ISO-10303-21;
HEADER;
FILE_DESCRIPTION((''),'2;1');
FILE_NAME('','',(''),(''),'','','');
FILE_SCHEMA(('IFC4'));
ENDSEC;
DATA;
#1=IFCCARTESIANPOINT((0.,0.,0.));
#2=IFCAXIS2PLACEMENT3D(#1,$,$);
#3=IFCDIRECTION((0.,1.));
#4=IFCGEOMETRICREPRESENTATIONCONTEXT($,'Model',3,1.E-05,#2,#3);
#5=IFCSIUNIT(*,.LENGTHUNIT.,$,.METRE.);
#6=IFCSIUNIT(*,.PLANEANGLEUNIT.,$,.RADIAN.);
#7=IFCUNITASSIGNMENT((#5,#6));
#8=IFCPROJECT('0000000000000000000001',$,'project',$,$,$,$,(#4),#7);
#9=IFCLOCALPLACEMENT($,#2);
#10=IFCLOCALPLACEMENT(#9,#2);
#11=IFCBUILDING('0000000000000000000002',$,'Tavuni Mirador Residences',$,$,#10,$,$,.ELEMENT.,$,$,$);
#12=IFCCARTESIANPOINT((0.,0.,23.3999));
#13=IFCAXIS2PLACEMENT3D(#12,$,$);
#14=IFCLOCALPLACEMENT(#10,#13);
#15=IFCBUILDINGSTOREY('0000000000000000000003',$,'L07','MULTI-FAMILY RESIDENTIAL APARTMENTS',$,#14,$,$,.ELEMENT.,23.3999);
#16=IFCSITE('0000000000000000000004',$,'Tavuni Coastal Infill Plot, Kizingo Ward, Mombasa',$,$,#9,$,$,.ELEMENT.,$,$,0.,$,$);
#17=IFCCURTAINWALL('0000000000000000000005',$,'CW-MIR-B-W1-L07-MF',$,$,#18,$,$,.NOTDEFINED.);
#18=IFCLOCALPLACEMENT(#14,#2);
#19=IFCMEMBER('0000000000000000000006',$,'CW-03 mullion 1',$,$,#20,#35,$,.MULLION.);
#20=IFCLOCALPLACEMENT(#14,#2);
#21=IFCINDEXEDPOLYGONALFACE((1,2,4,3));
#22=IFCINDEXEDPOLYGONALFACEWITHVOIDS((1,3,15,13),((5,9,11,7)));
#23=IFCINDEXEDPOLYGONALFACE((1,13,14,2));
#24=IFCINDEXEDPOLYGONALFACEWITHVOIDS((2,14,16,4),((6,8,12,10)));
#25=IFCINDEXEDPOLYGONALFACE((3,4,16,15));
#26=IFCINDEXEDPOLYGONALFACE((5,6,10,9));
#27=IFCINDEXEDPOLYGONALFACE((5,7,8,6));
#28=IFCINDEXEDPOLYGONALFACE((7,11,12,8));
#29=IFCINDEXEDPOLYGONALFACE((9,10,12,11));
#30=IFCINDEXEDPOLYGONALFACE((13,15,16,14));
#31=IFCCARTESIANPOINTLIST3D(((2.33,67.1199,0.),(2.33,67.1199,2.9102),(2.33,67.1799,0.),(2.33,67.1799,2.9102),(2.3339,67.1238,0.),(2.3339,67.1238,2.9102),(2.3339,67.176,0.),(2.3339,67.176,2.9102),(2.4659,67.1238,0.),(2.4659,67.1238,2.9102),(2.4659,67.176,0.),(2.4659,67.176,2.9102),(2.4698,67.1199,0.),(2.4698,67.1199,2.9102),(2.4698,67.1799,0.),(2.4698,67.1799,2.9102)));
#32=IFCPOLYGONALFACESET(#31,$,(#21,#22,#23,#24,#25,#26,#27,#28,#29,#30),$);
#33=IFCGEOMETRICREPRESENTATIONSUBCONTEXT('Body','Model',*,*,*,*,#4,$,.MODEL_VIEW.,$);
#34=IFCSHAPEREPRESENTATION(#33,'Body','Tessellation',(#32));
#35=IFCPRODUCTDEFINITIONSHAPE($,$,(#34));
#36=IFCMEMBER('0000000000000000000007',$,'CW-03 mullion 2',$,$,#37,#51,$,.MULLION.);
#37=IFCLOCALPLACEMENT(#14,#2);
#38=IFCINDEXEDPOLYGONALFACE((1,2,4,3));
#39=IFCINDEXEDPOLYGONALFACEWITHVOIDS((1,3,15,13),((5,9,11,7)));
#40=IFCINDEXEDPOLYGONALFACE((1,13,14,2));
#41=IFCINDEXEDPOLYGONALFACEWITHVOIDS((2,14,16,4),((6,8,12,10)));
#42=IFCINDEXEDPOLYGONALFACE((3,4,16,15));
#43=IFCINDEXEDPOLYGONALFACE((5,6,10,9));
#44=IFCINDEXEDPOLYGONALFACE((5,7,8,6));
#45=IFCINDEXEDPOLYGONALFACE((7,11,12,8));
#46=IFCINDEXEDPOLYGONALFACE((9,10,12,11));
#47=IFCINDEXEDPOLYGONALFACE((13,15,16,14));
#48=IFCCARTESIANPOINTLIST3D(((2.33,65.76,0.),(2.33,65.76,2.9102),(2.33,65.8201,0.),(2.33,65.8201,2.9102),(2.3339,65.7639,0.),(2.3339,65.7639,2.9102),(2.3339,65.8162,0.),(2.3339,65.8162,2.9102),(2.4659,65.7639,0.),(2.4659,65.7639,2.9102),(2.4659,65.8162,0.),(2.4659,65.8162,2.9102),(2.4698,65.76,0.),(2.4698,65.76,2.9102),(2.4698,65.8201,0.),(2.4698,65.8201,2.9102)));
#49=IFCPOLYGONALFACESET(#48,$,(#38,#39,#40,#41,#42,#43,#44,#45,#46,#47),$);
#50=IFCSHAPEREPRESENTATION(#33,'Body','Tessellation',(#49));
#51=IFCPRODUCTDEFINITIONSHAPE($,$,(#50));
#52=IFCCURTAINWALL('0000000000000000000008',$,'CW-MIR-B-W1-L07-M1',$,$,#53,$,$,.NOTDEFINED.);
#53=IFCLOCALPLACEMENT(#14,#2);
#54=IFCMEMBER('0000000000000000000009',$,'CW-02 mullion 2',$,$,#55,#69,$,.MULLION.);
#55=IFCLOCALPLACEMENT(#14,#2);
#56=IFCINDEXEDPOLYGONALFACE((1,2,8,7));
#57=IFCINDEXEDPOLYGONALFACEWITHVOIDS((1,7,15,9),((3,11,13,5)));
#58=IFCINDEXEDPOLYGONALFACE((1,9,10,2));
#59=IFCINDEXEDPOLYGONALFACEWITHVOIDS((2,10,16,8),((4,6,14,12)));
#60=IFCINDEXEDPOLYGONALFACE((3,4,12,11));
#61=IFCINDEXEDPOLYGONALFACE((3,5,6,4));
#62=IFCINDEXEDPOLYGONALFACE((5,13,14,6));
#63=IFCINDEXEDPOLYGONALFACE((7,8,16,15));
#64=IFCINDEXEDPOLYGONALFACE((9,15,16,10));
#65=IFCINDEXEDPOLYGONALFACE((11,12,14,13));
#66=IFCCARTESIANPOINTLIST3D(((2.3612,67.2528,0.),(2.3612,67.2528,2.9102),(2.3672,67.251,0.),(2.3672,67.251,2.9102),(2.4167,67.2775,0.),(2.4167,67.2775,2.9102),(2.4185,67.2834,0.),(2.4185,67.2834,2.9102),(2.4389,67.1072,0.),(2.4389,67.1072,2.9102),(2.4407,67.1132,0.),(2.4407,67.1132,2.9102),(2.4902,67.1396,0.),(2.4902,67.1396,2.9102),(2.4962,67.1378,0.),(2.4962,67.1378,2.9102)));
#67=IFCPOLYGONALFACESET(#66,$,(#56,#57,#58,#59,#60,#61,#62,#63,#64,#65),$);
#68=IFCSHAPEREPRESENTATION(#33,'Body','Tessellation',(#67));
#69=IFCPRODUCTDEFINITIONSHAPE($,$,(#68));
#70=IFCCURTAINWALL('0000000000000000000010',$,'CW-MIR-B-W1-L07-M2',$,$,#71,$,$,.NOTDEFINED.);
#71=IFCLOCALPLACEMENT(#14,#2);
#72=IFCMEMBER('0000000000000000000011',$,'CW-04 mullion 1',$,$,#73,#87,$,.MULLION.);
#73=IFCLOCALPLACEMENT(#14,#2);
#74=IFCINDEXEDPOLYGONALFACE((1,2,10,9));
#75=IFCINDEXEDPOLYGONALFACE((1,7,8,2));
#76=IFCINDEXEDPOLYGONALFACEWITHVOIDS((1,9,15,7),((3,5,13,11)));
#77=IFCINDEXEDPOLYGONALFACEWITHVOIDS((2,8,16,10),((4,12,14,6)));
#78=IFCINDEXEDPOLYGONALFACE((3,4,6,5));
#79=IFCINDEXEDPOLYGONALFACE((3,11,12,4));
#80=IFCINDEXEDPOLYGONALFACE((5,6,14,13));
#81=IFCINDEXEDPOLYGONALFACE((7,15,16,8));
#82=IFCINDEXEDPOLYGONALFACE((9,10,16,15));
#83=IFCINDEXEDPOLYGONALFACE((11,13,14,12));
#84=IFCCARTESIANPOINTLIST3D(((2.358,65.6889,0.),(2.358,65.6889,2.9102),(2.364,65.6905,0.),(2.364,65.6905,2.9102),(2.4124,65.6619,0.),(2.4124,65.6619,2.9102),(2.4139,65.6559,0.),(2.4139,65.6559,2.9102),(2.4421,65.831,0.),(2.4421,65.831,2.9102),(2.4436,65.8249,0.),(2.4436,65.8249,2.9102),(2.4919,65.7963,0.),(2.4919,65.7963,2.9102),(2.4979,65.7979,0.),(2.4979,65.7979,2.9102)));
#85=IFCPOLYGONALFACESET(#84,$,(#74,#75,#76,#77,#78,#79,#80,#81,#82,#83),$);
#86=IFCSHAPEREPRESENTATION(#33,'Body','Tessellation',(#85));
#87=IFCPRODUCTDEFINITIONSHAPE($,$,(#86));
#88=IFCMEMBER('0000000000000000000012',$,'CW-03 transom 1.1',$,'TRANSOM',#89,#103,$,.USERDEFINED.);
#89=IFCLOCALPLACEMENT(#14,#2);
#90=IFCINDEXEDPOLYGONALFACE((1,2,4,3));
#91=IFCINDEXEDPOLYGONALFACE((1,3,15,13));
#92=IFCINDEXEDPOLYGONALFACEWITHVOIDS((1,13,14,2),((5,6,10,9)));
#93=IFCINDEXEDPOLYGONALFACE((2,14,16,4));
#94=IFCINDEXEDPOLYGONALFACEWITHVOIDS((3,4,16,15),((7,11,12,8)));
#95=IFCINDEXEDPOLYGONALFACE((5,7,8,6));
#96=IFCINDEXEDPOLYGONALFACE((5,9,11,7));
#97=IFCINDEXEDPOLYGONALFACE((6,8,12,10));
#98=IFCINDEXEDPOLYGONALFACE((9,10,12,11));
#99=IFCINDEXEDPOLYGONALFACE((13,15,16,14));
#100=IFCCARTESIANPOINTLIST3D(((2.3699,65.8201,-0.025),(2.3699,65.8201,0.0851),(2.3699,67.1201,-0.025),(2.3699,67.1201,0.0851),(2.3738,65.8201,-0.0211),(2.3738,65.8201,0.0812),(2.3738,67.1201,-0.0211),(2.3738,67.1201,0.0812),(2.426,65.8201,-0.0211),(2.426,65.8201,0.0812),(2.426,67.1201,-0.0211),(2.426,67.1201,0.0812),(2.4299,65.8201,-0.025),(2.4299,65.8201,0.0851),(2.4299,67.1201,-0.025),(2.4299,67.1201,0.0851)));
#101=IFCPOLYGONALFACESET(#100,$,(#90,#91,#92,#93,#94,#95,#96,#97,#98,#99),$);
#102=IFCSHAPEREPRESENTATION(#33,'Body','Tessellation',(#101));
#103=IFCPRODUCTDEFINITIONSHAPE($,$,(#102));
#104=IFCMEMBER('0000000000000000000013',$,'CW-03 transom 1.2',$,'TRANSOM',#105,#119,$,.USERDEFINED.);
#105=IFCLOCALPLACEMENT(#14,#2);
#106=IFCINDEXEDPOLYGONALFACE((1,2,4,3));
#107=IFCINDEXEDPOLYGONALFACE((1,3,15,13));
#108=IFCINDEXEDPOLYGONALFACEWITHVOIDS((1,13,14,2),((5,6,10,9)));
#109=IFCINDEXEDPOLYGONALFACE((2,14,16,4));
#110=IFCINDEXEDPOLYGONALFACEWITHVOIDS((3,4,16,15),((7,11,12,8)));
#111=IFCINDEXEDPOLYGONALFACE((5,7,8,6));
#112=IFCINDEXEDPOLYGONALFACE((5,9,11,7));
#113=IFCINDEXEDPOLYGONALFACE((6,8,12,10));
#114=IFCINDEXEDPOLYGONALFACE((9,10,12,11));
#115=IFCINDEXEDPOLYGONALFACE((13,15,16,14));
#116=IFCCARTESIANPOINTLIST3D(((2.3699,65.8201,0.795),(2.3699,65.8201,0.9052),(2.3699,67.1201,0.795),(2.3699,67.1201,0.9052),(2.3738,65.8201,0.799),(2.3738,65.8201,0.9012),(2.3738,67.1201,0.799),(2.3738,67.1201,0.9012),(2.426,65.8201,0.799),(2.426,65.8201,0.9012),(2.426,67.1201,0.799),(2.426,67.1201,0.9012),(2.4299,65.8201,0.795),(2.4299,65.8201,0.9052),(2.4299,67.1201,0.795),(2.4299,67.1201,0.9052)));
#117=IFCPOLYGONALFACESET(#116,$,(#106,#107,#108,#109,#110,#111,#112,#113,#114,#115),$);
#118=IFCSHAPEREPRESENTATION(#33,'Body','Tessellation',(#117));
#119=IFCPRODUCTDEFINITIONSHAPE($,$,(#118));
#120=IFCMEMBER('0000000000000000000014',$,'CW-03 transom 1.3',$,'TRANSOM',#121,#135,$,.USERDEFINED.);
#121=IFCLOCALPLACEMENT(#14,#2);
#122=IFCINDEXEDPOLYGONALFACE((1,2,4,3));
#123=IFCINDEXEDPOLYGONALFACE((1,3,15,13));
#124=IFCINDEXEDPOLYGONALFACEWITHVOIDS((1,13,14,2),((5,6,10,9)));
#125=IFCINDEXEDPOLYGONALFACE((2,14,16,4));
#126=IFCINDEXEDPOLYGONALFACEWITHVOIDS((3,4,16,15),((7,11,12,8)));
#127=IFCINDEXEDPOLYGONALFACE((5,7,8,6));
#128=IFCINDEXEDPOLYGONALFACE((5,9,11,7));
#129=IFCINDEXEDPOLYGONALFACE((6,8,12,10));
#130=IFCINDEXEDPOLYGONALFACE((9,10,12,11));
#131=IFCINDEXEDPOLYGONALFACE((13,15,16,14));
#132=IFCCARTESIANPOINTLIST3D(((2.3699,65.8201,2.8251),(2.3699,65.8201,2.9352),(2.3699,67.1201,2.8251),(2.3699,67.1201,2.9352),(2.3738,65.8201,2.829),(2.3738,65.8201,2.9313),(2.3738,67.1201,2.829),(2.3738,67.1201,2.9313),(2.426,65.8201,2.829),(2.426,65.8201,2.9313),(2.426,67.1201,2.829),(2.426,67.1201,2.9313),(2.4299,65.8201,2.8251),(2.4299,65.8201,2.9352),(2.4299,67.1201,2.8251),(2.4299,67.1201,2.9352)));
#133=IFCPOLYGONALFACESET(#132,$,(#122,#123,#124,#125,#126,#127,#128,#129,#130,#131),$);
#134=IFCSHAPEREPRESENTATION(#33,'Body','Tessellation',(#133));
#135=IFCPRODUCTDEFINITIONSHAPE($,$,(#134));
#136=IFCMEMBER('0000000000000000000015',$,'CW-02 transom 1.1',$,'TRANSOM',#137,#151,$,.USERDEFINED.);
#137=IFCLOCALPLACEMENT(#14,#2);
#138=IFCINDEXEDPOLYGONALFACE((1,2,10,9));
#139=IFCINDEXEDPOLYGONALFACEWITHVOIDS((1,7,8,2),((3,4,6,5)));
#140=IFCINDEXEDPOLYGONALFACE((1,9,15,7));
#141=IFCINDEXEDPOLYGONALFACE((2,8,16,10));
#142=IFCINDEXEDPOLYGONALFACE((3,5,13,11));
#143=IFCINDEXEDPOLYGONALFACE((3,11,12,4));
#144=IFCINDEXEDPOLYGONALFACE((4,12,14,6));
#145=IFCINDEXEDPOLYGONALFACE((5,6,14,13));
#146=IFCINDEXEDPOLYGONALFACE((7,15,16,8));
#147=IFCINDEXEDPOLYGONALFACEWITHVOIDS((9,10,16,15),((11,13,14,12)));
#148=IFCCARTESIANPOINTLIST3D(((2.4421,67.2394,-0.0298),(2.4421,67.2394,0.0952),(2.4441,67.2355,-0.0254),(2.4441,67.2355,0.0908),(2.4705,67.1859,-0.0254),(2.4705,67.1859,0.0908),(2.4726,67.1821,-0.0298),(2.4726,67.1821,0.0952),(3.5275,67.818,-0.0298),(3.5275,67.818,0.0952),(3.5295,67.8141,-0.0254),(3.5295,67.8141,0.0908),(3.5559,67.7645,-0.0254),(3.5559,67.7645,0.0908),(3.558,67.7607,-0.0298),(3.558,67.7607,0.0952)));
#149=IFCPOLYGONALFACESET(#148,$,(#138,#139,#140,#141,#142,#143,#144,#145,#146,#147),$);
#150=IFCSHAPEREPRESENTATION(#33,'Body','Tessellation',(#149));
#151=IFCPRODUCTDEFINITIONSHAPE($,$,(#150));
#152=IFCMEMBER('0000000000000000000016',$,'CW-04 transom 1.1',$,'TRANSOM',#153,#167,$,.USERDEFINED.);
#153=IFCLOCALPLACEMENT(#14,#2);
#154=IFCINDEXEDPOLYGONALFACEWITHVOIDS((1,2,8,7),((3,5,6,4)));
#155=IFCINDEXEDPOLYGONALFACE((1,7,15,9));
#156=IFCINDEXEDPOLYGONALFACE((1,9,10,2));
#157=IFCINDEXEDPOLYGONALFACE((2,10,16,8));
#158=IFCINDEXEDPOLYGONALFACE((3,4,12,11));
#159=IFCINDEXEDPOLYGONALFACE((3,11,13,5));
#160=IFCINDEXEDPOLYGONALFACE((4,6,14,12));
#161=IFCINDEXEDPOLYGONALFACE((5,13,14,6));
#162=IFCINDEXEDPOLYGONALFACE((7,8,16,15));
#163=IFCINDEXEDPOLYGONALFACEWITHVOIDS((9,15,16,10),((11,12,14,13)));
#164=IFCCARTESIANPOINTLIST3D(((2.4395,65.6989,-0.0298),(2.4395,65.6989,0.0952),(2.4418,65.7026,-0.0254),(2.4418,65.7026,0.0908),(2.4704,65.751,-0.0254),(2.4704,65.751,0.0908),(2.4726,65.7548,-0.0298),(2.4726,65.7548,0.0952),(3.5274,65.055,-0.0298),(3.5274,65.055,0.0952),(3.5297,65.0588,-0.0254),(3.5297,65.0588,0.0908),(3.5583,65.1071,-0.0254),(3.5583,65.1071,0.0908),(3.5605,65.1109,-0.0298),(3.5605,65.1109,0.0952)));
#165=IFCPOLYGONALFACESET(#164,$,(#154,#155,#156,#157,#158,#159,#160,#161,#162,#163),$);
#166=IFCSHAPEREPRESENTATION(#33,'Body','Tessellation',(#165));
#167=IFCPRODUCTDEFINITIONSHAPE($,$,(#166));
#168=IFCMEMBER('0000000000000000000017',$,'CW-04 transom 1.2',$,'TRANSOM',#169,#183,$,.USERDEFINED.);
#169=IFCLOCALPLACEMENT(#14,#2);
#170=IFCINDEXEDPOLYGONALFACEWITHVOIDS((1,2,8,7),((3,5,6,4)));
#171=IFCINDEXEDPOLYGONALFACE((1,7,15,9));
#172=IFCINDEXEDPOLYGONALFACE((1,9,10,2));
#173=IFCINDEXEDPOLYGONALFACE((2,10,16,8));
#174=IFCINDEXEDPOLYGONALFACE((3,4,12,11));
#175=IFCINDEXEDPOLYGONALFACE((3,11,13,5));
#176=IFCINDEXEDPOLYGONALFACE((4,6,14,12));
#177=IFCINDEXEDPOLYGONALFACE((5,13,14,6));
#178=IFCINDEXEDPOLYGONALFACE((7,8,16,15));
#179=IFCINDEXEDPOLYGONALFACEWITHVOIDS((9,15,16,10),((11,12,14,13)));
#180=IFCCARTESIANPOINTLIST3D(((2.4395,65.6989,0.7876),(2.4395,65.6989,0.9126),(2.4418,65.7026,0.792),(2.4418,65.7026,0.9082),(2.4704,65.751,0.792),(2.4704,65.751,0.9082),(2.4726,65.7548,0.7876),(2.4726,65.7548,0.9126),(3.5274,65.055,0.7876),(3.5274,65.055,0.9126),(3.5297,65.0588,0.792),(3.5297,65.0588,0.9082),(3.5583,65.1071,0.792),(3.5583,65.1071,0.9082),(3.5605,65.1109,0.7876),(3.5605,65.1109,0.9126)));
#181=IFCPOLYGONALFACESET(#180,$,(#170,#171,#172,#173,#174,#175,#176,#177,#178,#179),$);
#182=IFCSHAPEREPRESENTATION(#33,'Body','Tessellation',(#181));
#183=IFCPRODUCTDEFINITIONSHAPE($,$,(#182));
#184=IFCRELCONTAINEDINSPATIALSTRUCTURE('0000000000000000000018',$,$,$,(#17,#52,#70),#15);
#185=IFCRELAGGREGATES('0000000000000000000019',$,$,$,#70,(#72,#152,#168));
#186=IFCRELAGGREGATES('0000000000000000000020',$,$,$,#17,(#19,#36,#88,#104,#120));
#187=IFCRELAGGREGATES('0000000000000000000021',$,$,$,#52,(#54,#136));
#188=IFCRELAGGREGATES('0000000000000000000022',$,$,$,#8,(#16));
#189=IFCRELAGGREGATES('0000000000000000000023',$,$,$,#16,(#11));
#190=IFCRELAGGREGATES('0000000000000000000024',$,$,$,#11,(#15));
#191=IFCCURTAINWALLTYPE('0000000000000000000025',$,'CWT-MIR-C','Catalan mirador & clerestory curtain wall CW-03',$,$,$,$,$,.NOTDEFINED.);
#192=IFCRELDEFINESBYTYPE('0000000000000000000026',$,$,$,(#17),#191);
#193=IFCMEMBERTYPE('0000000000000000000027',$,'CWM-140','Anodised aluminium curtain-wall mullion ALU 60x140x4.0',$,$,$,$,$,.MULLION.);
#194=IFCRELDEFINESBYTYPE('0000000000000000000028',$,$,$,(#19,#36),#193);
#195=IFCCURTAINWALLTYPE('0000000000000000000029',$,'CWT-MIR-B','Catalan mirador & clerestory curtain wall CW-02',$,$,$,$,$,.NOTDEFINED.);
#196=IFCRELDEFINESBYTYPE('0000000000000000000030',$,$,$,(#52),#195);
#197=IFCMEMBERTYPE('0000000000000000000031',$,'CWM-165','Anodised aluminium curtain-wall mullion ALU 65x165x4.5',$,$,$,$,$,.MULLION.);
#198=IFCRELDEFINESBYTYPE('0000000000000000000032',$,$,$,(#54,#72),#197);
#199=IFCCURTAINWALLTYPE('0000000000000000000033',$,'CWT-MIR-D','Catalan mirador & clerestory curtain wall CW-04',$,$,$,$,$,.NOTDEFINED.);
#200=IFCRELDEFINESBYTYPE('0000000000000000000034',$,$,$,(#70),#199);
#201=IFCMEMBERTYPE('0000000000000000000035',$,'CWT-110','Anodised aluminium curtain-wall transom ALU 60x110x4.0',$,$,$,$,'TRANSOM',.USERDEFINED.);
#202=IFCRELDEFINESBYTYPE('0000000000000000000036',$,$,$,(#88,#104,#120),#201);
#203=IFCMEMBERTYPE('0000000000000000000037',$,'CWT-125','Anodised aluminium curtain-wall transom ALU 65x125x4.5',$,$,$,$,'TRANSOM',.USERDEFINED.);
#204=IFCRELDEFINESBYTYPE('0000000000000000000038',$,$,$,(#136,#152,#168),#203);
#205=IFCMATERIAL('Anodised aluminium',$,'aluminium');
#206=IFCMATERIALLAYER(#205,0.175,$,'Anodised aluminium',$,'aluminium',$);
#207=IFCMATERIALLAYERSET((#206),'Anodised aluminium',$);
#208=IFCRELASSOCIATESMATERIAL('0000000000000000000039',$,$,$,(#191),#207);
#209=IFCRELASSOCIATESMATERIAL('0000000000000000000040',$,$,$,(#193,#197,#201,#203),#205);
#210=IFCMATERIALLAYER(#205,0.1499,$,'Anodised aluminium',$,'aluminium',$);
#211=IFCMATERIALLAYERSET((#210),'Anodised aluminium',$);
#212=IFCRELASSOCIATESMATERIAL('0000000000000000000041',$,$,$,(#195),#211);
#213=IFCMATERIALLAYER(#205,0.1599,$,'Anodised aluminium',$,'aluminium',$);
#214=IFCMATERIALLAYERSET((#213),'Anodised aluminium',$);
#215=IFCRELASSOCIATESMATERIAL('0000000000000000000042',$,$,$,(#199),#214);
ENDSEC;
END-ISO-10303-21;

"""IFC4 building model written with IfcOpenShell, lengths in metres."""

from ifc_helpers import new_model, si_unit, direction, frame, origin, origin_2d, place, context, subcontext, project, spatial, hollow_rectangle, extrude, material, layer, layer_set, material_profile, profile_set, type_object, element, aggregate, save


model = new_model("IFC4")

# Units and contexts
model_context = context("Model", 3, precision=1e-05, world=origin(), true_north=direction((0.0, 1.0)))
body_context = subcontext(model_context, "Body", "Model", "MODEL_VIEW")
ifc_project = project(units=[si_unit("LENGTHUNIT", "METRE"), si_unit("PLANEANGLEUNIT", "RADIAN")], contexts=[model_context])

# Site, building, storey
site_placement = place(None, origin())
site = spatial("IfcSite", under=ifc_project, at=site_placement, Name="Tavuni Coastal Infill Plot, Kizingo Ward, Mombasa", CompositionType="ELEMENT", RefElevation=0.0)
building_placement = place(site_placement, origin())
building = spatial("IfcBuilding", under=site, at=building_placement, Name="Tavuni Mirador Residences", CompositionType="ELEMENT")
storey_placement = place(building_placement, frame((0.0, 0.0, 23.3999)))
storey = spatial("IfcBuildingStorey", under=building, at=storey_placement, Name="L07", Description="MULTI-FAMILY RESIDENTIAL APARTMENTS", CompositionType="ELEMENT", Elevation=23.3999)

# Curtain wall, members
ifc_material_1 = material(Name="Anodised aluminium", Category="aluminium")
ifc_layer_1 = layer(ifc_material_1, 0.175, Name="Anodised aluminium", Category="aluminium")
ifc_layer_set_1 = layer_set([ifc_layer_1], Name="Anodised aluminium")
curtain_wall_type_1 = type_object("IfcCurtainWallType", Name="CWT-MIR-C", Description="Catalan mirador & clerestory curtain wall CW-03", PredefinedType="NOTDEFINED", material=ifc_layer_set_1)
curtain_wall_1_placement = place(storey_placement, origin())
curtain_wall_1 = element("IfcCurtainWall", 1, at=curtain_wall_1_placement, inside=storey, type_object=curtain_wall_type_1, Name="CW-MIR-B-W1-L07-MF", PredefinedType="NOTDEFINED")
ifc_material_profile_1 = material_profile(ifc_material_1, hollow_rectangle(XDim=0.0601, YDim=0.1399, WallThickness=0.0039, at=origin_2d()), Name="ALU 60x140x4.0", Category="aluminium")
ifc_profile_set_1 = profile_set([ifc_material_profile_1], Name="Anodised aluminium")
member_type_1 = type_object("IfcMemberType", Name="CWM-140", Description="Anodised aluminium curtain-wall mullion ALU 60x140x4.0", PredefinedType="MULLION", material=ifc_profile_set_1)
member_1_placement = place(storey_placement, frame((2.3999, 67.1499, 0.0), z_axis=(0.0, 0.0, 1.0), x_axis=(0.0, -1.0, 0.0)))
member_1 = element("IfcMember", 2, at=member_1_placement, type_object=member_type_1, Name="CW-03 mullion 1", PredefinedType="MULLION", context=body_context, shape_type="SweptSolid", body=[
    extrude(hollow_rectangle(XDim=0.0601, YDim=0.1399, WallThickness=0.0039, at=origin_2d()), origin(), (0.0, 0.0, 1.0), 2.9102),
])
member_2_placement = place(storey_placement, frame((2.3999, 65.79, 0.0), z_axis=(0.0, 0.0, 1.0), x_axis=(0.0, -1.0, 0.0)))
member_2 = element("IfcMember", 3, at=member_2_placement, type_object=member_type_1, Name="CW-03 mullion 2", PredefinedType="MULLION", context=body_context, shape_type="SweptSolid", body=[
    extrude(hollow_rectangle(XDim=0.0601, YDim=0.1399, WallThickness=0.0039, at=origin_2d()), origin(), (0.0, 0.0, 1.0), 2.9102),
])

# Curtain walls, members
ifc_layer_2 = layer(ifc_material_1, 0.1499, Name="Anodised aluminium", Category="aluminium")
ifc_layer_set_2 = layer_set([ifc_layer_2], Name="Anodised aluminium")
curtain_wall_type_2 = type_object("IfcCurtainWallType", Name="CWT-MIR-B", Description="Catalan mirador & clerestory curtain wall CW-02", PredefinedType="NOTDEFINED", material=ifc_layer_set_2)
curtain_wall_2_placement = place(storey_placement, origin())
curtain_wall_2 = element("IfcCurtainWall", 4, at=curtain_wall_2_placement, inside=storey, type_object=curtain_wall_type_2, Name="CW-MIR-B-W1-L07-M1", PredefinedType="NOTDEFINED")
ifc_material_profile_2 = material_profile(ifc_material_1, hollow_rectangle(XDim=0.0649, YDim=0.165, WallThickness=0.0044, at=origin_2d()), Name="ALU 65x165x4.5", Category="aluminium")
ifc_profile_set_2 = profile_set([ifc_material_profile_2], Name="Anodised aluminium")
member_type_2 = type_object("IfcMemberType", Name="CWM-165", Description="Anodised aluminium curtain-wall mullion ALU 65x165x4.5", PredefinedType="MULLION", material=ifc_profile_set_2)
member_3_placement = place(storey_placement, frame((2.4287, 67.1953, 0.0), z_axis=(0.0, 0.0, 1.0), x_axis=(-0.882353, -0.470588, 0.0)))
member_3 = element("IfcMember", 5, at=member_3_placement, type_object=member_type_2, Name="CW-02 mullion 2", PredefinedType="MULLION", context=body_context, shape_type="SweptSolid", body=[
    extrude(hollow_rectangle(XDim=0.0649, YDim=0.165, WallThickness=0.0044, at=origin_2d()), origin(), (0.0, 0.0, 1.0), 2.9102),
])
ifc_layer_3 = layer(ifc_material_1, 0.1599, Name="Anodised aluminium", Category="aluminium")
ifc_layer_set_3 = layer_set([ifc_layer_3], Name="Anodised aluminium")
curtain_wall_type_3 = type_object("IfcCurtainWallType", Name="CWT-MIR-D", Description="Catalan mirador & clerestory curtain wall CW-04", PredefinedType="NOTDEFINED", material=ifc_layer_set_3)
curtain_wall_3_placement = place(storey_placement, origin())
curtain_wall_3 = element("IfcCurtainWall", 6, at=curtain_wall_3_placement, inside=storey, type_object=curtain_wall_type_3, Name="CW-MIR-B-W1-L07-M2", PredefinedType="NOTDEFINED")
member_4_placement = place(storey_placement, frame((2.428, 65.7434, 0.0), z_axis=(0.0, 0.0, 1.0), x_axis=(0.860641, -0.509212, 0.0)))
member_4 = element("IfcMember", 7, at=member_4_placement, type_object=member_type_2, Name="CW-04 mullion 1", PredefinedType="MULLION", context=body_context, shape_type="SweptSolid", body=[
    extrude(hollow_rectangle(XDim=0.0649, YDim=0.165, WallThickness=0.0044, at=origin_2d()), origin(), (0.0, 0.0, 1.0), 2.9102),
])

# Members
ifc_material_profile_3 = material_profile(ifc_material_1, hollow_rectangle(XDim=0.0601, YDim=0.1101, WallThickness=0.0039, at=origin_2d()), Name="ALU 60x110x4.0", Category="aluminium")
ifc_profile_set_3 = profile_set([ifc_material_profile_3], Name="Anodised aluminium")
member_type_3 = type_object("IfcMemberType", Name="CWT-110", Description="Anodised aluminium curtain-wall transom ALU 60x110x4.0", ElementType="TRANSOM", PredefinedType="USERDEFINED", material=ifc_profile_set_3)
member_5_placement = place(storey_placement, frame((2.3999, 67.1201, 0.03), z_axis=(0.0, -1.0, 0.0), x_axis=(1.0, 0.0, 0.0)))
member_5 = element("IfcMember", 8, at=member_5_placement, type_object=member_type_3, Name="CW-03 transom 1.1", ObjectType="TRANSOM", PredefinedType="USERDEFINED", context=body_context, shape_type="SweptSolid", body=[
    extrude(hollow_rectangle(XDim=0.0601, YDim=0.1101, WallThickness=0.0039, at=origin_2d()), origin(), (0.0, 0.0, 1.0), 1.3),
])
member_6_placement = place(storey_placement, frame((2.3999, 67.1201, 0.8501), z_axis=(0.0, -1.0, 0.0), x_axis=(1.0, 0.0, 0.0)))
member_6 = element("IfcMember", 9, at=member_6_placement, type_object=member_type_3, Name="CW-03 transom 1.2", ObjectType="TRANSOM", PredefinedType="USERDEFINED", context=body_context, shape_type="SweptSolid", body=[
    extrude(hollow_rectangle(XDim=0.0601, YDim=0.1101, WallThickness=0.0039, at=origin_2d()), origin(), (0.0, 0.0, 1.0), 1.3),
])
member_7_placement = place(storey_placement, frame((2.3999, 67.1201, 2.8801), z_axis=(0.0, -1.0, 0.0), x_axis=(1.0, 0.0, 0.0)))
member_7 = element("IfcMember", 10, at=member_7_placement, type_object=member_type_3, Name="CW-03 transom 1.3", ObjectType="TRANSOM", PredefinedType="USERDEFINED", context=body_context, shape_type="SweptSolid", body=[
    extrude(hollow_rectangle(XDim=0.0601, YDim=0.1101, WallThickness=0.0039, at=origin_2d()), origin(), (0.0, 0.0, 1.0), 1.3),
])
ifc_material_profile_4 = material_profile(ifc_material_1, hollow_rectangle(XDim=0.0649, YDim=0.125, WallThickness=0.0044, at=origin_2d()), Name="ALU 65x125x4.5", Category="aluminium")
ifc_profile_set_4 = profile_set([ifc_material_profile_4], Name="Anodised aluminium")
member_type_4 = type_object("IfcMemberType", Name="CWT-125", Description="Anodised aluminium curtain-wall transom ALU 65x125x4.5", ElementType="TRANSOM", PredefinedType="USERDEFINED", material=ifc_profile_set_4)
member_8_placement = place(storey_placement, frame((3.5427, 67.7893, 0.0327), z_axis=(-0.882452, -0.470403, 0.0), x_axis=(0.470403, -0.882452, 0.0)))
member_8 = element("IfcMember", 11, at=member_8_placement, type_object=member_type_4, Name="CW-02 transom 1.1", ObjectType="TRANSOM", PredefinedType="USERDEFINED", context=body_context, shape_type="SweptSolid", body=[
    extrude(hollow_rectangle(XDim=0.0649, YDim=0.125, WallThickness=0.0044, at=origin_2d()), origin(), (0.0, 0.0, 1.0), 1.23),
])
member_9_placement = place(storey_placement, frame((2.4561, 65.7268, 0.0327), z_axis=(0.860596, -0.509289, 0.0), x_axis=(0.509289, 0.860596, 0.0)))
member_9 = element("IfcMember", 12, at=member_9_placement, type_object=member_type_4, Name="CW-04 transom 1.1", ObjectType="TRANSOM", PredefinedType="USERDEFINED", context=body_context, shape_type="SweptSolid", body=[
    extrude(hollow_rectangle(XDim=0.0649, YDim=0.125, WallThickness=0.0044, at=origin_2d()), origin(), (0.0, 0.0, 1.0), 1.2642),
])
member_10_placement = place(storey_placement, frame((2.4561, 65.7268, 0.8501), z_axis=(0.860596, -0.509289, 0.0), x_axis=(0.509289, 0.860596, 0.0)))
member_10 = element("IfcMember", 13, at=member_10_placement, type_object=member_type_4, Name="CW-04 transom 1.2", ObjectType="TRANSOM", PredefinedType="USERDEFINED", context=body_context, shape_type="SweptSolid", body=[
    extrude(hollow_rectangle(XDim=0.0649, YDim=0.125, WallThickness=0.0044, at=origin_2d()), origin(), (0.0, 0.0, 1.0), 1.2642),
])

aggregate(curtain_wall_3, [member_4, member_9, member_10])
aggregate(curtain_wall_1, [member_1, member_2, member_5, member_6, member_7])
aggregate(curtain_wall_2, [member_3, member_8])

save(model, "model.ifc")
